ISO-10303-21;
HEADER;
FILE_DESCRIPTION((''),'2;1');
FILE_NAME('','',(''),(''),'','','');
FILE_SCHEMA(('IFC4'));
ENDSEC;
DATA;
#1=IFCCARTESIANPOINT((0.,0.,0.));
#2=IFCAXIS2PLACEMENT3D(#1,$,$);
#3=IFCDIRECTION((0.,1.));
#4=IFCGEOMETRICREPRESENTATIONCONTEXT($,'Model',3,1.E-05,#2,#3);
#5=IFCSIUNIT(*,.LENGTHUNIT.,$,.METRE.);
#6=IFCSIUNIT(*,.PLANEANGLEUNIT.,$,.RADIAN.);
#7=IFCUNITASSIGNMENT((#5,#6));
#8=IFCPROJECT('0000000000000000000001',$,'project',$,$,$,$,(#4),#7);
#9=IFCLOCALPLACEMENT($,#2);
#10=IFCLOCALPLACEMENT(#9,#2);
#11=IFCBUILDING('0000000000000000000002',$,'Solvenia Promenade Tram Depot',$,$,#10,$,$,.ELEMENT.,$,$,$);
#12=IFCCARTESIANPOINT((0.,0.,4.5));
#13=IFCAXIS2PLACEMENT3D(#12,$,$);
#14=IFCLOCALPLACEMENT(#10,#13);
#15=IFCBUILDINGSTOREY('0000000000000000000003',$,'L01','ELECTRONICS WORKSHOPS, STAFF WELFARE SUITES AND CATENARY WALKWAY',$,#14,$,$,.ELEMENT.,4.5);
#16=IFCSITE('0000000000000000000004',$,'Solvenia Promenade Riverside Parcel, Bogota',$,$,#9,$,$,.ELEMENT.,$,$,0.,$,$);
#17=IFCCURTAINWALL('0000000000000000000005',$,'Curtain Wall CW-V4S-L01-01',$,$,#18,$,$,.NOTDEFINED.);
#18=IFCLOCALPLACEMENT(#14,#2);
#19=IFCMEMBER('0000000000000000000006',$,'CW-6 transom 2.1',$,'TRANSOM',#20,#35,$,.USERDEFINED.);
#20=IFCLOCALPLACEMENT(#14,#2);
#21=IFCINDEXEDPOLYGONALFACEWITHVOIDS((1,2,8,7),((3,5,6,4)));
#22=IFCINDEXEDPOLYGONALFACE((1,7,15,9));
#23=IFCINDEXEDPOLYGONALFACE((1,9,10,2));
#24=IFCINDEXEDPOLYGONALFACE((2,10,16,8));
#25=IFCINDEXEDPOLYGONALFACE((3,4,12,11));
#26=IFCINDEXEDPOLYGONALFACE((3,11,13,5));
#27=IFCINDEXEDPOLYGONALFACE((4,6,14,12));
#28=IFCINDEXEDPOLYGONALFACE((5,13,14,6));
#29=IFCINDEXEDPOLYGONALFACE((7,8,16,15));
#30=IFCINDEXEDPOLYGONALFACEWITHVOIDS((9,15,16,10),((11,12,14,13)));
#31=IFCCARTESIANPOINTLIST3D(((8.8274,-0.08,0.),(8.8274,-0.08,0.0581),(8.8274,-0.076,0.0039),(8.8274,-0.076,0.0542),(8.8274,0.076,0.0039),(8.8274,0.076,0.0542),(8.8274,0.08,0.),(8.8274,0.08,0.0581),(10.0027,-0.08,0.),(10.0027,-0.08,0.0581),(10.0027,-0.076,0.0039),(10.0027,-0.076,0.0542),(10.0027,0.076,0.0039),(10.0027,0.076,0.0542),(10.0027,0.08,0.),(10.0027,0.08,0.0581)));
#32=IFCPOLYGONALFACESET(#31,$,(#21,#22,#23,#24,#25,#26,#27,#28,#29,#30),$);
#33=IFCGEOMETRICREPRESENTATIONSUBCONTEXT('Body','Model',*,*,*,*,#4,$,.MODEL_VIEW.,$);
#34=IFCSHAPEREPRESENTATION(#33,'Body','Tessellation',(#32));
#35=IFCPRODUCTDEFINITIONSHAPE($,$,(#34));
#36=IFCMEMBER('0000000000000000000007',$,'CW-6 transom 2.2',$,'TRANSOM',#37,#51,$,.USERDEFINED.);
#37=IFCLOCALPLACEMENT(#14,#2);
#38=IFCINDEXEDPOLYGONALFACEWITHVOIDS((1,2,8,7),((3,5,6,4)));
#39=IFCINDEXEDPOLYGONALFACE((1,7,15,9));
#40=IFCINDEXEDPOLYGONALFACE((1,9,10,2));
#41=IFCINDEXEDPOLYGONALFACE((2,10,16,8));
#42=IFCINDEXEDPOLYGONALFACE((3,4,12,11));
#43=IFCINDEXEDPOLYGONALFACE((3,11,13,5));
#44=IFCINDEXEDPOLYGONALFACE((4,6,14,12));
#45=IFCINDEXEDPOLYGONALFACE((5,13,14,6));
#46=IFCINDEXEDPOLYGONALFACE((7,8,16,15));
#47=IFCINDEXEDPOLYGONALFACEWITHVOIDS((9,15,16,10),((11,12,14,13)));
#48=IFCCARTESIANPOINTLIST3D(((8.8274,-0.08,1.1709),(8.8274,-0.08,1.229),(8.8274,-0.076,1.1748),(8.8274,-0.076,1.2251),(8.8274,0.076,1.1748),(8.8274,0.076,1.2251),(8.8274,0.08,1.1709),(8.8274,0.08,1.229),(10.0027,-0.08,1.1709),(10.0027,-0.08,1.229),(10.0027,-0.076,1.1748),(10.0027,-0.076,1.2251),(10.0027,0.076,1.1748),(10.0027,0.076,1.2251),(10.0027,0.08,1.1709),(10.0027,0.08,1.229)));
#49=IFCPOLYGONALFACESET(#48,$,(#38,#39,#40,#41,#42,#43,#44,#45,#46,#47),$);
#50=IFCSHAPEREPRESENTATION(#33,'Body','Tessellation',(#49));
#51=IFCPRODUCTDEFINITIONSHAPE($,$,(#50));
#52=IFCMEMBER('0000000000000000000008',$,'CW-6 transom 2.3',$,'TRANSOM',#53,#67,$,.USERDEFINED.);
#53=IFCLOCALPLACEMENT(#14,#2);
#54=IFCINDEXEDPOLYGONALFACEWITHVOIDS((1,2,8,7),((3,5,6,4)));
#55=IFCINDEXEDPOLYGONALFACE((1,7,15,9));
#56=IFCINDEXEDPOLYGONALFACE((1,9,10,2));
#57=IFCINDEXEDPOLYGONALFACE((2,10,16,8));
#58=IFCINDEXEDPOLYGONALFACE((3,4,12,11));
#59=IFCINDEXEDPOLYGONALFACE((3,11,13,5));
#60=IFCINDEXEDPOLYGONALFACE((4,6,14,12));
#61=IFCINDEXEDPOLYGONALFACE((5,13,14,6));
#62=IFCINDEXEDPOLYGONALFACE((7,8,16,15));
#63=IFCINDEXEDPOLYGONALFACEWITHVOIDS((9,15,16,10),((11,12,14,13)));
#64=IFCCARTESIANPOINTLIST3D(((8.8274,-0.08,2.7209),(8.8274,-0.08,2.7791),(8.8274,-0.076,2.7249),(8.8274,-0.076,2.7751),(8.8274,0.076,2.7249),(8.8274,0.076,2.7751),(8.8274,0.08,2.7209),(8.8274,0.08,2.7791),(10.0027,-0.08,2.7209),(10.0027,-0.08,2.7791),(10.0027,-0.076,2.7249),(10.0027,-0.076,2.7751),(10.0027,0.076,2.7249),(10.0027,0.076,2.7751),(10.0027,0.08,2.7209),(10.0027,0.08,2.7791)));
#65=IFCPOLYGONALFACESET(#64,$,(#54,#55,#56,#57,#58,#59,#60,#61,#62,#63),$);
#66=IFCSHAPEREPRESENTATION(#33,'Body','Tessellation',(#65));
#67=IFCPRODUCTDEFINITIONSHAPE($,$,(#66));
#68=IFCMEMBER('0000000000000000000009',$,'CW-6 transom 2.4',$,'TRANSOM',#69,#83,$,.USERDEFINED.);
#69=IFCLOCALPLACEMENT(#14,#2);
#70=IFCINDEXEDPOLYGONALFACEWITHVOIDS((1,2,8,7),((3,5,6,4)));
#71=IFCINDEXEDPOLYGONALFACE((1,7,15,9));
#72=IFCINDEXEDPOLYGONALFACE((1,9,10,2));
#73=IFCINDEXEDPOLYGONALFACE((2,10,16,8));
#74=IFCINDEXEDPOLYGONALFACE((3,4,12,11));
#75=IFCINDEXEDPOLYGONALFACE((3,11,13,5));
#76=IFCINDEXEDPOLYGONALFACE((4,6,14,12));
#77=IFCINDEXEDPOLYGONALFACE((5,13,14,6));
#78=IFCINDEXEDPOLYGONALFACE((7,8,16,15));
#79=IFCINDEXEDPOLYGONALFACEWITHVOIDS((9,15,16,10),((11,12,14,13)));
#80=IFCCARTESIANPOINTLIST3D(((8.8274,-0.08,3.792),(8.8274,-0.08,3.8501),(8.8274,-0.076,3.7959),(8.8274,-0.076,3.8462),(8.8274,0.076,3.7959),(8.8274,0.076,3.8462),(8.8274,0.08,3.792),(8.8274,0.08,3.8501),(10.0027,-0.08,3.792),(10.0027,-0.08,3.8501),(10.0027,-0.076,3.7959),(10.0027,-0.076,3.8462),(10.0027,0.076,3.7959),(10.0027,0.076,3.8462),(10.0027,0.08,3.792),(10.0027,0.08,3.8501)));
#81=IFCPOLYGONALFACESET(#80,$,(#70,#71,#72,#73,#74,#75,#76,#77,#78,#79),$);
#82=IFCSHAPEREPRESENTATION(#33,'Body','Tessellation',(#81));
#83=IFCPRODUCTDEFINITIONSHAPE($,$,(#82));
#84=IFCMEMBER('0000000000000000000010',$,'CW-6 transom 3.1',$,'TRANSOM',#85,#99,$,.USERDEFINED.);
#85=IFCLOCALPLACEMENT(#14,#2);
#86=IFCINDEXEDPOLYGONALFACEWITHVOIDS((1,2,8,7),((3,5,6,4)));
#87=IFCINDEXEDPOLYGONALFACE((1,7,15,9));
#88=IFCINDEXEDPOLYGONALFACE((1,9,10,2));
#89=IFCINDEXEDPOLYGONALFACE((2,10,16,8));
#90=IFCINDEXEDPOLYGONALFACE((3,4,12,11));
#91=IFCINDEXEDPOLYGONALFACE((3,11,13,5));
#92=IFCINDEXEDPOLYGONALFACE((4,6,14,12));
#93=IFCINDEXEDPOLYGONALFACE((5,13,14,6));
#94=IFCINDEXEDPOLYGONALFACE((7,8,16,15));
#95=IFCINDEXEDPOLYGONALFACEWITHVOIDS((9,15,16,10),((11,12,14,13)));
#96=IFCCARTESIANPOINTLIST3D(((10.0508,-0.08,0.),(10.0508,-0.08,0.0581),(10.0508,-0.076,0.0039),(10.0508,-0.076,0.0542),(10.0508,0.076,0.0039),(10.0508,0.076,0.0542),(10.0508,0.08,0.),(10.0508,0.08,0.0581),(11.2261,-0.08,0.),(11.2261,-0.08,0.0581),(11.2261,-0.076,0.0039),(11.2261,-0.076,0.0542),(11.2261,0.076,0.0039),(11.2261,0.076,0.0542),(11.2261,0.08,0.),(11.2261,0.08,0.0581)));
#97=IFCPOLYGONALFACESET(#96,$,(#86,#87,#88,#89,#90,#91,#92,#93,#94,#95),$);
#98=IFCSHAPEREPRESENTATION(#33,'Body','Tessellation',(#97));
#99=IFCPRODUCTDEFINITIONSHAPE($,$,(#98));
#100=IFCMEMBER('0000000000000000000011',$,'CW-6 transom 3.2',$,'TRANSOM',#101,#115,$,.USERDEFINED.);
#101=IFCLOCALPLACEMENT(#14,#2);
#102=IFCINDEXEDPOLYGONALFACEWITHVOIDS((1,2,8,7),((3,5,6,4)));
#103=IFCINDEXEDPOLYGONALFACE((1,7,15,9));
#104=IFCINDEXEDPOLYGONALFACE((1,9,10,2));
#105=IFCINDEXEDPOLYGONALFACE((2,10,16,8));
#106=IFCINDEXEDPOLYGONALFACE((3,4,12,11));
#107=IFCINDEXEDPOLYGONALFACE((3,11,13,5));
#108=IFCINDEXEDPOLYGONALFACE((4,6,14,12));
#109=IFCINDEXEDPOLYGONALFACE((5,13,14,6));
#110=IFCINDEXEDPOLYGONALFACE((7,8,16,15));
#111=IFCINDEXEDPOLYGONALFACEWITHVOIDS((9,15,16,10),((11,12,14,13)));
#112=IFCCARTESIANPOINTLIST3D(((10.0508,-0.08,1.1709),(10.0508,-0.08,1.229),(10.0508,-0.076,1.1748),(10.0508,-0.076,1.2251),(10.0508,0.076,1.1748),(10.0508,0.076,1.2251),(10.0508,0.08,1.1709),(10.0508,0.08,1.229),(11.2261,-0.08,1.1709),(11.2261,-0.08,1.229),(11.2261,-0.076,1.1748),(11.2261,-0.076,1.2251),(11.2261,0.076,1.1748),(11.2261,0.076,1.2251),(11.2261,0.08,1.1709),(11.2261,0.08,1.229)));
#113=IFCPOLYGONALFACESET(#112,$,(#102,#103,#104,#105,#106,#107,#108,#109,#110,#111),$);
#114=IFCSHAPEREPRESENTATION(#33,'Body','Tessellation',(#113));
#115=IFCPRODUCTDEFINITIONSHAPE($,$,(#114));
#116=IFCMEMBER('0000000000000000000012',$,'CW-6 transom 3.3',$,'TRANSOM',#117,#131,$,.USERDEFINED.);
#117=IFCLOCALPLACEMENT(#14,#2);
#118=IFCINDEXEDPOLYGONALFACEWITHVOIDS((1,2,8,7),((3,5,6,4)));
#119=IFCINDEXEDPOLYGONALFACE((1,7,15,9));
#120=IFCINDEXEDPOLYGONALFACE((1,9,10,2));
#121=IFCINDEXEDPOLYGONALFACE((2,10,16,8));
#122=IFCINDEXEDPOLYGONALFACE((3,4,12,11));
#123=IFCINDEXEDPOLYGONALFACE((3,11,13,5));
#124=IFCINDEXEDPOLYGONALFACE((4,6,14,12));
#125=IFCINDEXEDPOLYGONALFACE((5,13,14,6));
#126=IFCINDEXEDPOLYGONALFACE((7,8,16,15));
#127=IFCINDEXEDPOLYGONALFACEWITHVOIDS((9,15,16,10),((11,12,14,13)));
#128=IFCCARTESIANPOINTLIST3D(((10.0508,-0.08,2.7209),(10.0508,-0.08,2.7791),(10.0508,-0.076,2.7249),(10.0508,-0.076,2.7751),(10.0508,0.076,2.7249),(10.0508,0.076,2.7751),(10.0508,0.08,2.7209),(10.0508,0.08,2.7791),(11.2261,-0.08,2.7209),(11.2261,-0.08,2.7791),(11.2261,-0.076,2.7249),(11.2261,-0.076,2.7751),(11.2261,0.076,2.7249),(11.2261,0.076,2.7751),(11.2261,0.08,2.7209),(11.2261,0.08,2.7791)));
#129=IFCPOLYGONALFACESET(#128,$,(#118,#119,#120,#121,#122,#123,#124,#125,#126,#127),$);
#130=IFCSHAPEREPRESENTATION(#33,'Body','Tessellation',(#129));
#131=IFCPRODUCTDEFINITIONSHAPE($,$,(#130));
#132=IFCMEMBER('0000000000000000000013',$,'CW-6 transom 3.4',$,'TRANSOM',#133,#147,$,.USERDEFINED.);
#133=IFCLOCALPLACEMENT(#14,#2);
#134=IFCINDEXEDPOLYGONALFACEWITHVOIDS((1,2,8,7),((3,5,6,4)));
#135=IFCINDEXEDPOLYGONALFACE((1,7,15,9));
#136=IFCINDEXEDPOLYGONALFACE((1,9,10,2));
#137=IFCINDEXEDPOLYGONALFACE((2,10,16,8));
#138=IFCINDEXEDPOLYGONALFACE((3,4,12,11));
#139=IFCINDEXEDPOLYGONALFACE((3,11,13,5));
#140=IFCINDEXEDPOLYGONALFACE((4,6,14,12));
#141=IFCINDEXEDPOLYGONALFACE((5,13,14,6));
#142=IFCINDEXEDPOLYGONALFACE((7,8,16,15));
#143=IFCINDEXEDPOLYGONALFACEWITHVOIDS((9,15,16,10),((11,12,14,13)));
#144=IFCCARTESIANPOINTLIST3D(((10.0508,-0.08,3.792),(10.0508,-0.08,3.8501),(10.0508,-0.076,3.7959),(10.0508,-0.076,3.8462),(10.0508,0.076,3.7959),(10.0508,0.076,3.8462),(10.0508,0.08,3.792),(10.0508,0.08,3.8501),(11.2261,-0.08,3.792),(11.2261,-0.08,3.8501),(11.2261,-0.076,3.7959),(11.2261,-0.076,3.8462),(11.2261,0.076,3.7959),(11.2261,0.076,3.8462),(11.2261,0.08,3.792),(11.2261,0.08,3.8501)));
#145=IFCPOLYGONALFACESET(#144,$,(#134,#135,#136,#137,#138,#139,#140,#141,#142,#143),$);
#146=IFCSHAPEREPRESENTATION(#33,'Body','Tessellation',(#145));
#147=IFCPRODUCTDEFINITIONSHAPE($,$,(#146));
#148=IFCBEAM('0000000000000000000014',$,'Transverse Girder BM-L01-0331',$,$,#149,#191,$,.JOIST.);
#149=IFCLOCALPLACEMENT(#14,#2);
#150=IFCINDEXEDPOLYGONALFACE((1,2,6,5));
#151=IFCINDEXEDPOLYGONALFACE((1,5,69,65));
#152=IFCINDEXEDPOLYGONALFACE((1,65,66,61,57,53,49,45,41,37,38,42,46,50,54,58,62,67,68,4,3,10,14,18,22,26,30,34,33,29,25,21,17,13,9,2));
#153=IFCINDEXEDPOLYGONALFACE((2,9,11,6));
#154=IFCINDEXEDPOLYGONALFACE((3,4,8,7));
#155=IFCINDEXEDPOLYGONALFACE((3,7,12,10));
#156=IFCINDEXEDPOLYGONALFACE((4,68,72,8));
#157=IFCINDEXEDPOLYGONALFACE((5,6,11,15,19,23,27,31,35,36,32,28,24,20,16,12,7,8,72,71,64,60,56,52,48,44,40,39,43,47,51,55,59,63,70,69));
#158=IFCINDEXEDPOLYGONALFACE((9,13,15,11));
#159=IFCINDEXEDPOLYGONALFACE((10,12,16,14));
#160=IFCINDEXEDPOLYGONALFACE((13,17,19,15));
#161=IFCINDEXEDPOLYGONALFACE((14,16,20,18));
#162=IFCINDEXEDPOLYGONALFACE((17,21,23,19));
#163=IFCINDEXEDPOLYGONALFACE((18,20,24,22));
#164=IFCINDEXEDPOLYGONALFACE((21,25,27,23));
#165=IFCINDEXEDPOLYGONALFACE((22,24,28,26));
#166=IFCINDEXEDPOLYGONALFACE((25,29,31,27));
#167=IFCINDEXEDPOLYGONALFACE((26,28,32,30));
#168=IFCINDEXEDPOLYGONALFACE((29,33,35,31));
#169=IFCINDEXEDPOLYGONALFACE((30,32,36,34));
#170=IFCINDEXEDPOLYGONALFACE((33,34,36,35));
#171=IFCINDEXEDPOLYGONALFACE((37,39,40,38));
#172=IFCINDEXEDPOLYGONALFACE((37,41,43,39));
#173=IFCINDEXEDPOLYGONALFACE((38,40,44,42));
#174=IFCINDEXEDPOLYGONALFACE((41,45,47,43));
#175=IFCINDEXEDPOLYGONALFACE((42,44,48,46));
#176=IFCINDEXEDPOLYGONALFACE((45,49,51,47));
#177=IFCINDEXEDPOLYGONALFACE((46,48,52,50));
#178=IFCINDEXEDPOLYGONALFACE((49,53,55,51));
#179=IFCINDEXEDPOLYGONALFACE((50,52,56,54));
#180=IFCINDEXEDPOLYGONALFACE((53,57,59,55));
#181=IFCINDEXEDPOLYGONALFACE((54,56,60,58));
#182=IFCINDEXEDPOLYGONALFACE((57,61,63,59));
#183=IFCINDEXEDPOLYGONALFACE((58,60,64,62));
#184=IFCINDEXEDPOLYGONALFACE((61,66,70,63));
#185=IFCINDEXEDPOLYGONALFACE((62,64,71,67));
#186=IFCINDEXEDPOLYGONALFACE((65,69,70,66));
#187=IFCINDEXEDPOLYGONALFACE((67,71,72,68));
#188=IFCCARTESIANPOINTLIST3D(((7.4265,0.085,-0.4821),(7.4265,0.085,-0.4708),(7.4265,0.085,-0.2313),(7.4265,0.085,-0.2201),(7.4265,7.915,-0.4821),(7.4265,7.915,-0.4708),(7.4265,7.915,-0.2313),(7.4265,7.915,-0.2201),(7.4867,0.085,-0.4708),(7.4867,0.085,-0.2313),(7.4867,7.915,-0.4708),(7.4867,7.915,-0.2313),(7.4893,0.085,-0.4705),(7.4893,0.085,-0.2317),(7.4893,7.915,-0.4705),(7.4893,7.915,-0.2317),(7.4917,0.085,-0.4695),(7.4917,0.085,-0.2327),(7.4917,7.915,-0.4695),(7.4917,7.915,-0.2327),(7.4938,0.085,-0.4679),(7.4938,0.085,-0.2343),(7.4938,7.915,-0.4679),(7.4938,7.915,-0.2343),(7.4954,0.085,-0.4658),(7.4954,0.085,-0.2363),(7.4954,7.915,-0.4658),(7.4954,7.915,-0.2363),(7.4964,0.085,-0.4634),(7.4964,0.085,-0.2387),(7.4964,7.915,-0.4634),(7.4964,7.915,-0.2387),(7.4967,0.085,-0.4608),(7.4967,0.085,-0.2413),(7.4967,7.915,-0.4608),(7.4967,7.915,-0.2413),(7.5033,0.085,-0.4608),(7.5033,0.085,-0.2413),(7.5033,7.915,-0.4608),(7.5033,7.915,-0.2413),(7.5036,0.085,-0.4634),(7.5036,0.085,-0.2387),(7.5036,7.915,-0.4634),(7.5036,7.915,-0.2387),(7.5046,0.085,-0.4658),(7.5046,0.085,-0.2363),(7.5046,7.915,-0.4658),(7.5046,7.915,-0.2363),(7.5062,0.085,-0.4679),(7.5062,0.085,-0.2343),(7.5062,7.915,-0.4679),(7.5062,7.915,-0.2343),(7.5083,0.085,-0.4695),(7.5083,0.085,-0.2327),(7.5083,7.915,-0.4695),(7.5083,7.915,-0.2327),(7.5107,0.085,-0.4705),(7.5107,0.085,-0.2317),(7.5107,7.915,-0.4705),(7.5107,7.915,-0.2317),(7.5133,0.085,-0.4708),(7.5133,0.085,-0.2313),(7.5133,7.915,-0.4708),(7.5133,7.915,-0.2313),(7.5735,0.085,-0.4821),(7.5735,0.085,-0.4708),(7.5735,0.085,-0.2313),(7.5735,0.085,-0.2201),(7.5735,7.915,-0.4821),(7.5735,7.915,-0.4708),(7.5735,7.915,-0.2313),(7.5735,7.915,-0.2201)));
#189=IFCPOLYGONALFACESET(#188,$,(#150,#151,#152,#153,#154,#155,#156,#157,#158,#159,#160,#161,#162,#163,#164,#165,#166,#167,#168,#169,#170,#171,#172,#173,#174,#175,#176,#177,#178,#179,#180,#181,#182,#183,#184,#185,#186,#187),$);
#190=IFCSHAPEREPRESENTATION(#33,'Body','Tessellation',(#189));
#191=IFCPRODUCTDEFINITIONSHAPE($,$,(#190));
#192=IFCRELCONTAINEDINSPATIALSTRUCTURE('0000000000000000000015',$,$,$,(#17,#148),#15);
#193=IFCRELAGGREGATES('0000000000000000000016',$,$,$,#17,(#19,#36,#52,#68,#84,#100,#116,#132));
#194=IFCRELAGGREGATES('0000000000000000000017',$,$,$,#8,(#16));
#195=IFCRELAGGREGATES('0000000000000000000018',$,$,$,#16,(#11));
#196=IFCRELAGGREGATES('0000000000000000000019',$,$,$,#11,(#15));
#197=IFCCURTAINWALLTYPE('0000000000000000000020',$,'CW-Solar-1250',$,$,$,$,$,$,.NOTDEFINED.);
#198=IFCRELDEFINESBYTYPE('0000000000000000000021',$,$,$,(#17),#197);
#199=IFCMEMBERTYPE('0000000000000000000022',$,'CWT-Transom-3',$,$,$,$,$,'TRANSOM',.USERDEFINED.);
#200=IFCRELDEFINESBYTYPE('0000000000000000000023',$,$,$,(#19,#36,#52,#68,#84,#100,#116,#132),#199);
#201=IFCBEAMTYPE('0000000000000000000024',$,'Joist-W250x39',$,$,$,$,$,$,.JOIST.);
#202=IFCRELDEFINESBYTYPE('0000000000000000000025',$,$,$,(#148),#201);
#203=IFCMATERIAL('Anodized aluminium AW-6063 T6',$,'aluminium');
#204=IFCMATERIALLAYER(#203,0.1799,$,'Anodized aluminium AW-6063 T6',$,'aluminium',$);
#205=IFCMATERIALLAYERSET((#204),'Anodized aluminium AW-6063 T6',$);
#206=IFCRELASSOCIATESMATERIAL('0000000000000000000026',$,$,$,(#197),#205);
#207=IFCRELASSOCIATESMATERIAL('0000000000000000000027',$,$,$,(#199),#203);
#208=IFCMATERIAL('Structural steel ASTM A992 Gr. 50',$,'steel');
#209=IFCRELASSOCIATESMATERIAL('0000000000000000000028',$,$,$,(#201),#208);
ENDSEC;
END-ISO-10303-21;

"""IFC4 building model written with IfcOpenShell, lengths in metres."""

from ifc_helpers import new_model, si_unit, direction, frame, origin, origin_2d, place, context, subcontext, project, spatial, hollow_rectangle, i_section, extrude, material, layer, layer_set, material_profile, profile_set, type_object, element, aggregate, save


model = new_model("IFC4")

# Units and contexts
model_context = context("Model", 3, precision=1e-05, world=origin(), true_north=direction((0.0, 1.0)))
body_context = subcontext(model_context, "Body", "Model", "MODEL_VIEW")
ifc_project = project(units=[si_unit("LENGTHUNIT", "METRE"), si_unit("PLANEANGLEUNIT", "RADIAN")], contexts=[model_context])

# Site, building, storey
site_placement = place(None, origin())
site = spatial("IfcSite", under=ifc_project, at=site_placement, Name="Solvenia Promenade Riverside Parcel, Bogota", CompositionType="ELEMENT", RefElevation=0.0)
building_placement = place(site_placement, origin())
building = spatial("IfcBuilding", under=site, at=building_placement, Name="Solvenia Promenade Tram Depot", CompositionType="ELEMENT")
storey_placement = place(building_placement, frame((0.0, 0.0, 4.5)))
storey = spatial("IfcBuildingStorey", under=building, at=storey_placement, Name="L01", Description="ELECTRONICS WORKSHOPS, STAFF WELFARE SUITES AND CATENARY WALKWAY", CompositionType="ELEMENT", Elevation=4.5)

# Shared definitions
ifc_material_1 = material(Name="Structural steel ASTM A992 Gr. 50", Category="steel")

# Shared definitions
ifc_material_2 = material(Name="Anodized aluminium AW-6063 T6", Category="aluminium")

# Curtain wall, members
ifc_layer_1 = layer(ifc_material_2, 0.1799, Name="Anodized aluminium AW-6063 T6", Category="aluminium")
ifc_layer_set_1 = layer_set([ifc_layer_1], Name="Anodized aluminium AW-6063 T6")
curtain_wall_type_1 = type_object("IfcCurtainWallType", Name="CW-Solar-1250", PredefinedType="NOTDEFINED", material=ifc_layer_set_1)
curtain_wall_1_placement = place(storey_placement, origin())
curtain_wall_1 = element("IfcCurtainWall", 1, at=curtain_wall_1_placement, inside=storey, type_object=curtain_wall_type_1, Name="Curtain Wall CW-V4S-L01-01", PredefinedType="NOTDEFINED")
ifc_material_profile_1 = material_profile(ifc_material_2, hollow_rectangle(XDim=0.1599, YDim=0.0581, WallThickness=0.0039, at=origin_2d()), Name="ALU-T3", Category="aluminium")
ifc_profile_set_1 = profile_set([ifc_material_profile_1], Name="Anodized aluminium AW-6063 T6")
member_type_1 = type_object("IfcMemberType", Name="CWT-Transom-3", ElementType="TRANSOM", PredefinedType="USERDEFINED", material=ifc_profile_set_1)
member_1_placement = place(storey_placement, frame((8.8274, 0.0, 0.0291), z_axis=(1.0, 0.0, 0.0), x_axis=(0.0, 1.0, 0.0)))
member_1 = element("IfcMember", 2, at=member_1_placement, type_object=member_type_1, Name="CW-6 transom 2.1", ObjectType="TRANSOM", PredefinedType="USERDEFINED", context=body_context, shape_type="SweptSolid", body=[
    extrude(hollow_rectangle(XDim=0.1599, YDim=0.0581, WallThickness=0.0039, at=origin_2d()), origin(), (0.0, 0.0, 1.0), 1.1753),
])
member_2_placement = place(storey_placement, frame((8.8274, 0.0, 1.2), z_axis=(1.0, 0.0, 0.0), x_axis=(0.0, 1.0, 0.0)))
member_2 = element("IfcMember", 3, at=member_2_placement, type_object=member_type_1, Name="CW-6 transom 2.2", ObjectType="TRANSOM", PredefinedType="USERDEFINED", context=body_context, shape_type="SweptSolid", body=[
    extrude(hollow_rectangle(XDim=0.1599, YDim=0.0581, WallThickness=0.0039, at=origin_2d()), origin(), (0.0, 0.0, 1.0), 1.1753),
])
member_3_placement = place(storey_placement, frame((8.8274, 0.0, 2.75), z_axis=(1.0, 0.0, 0.0), x_axis=(0.0, 1.0, 0.0)))
member_3 = element("IfcMember", 4, at=member_3_placement, type_object=member_type_1, Name="CW-6 transom 2.3", ObjectType="TRANSOM", PredefinedType="USERDEFINED", context=body_context, shape_type="SweptSolid", body=[
    extrude(hollow_rectangle(XDim=0.1599, YDim=0.0581, WallThickness=0.0039, at=origin_2d()), origin(), (0.0, 0.0, 1.0), 1.1753),
])
member_4_placement = place(storey_placement, frame((8.8274, 0.0, 3.821), z_axis=(1.0, 0.0, 0.0), x_axis=(0.0, 1.0, 0.0)))
member_4 = element("IfcMember", 5, at=member_4_placement, type_object=member_type_1, Name="CW-6 transom 2.4", ObjectType="TRANSOM", PredefinedType="USERDEFINED", context=body_context, shape_type="SweptSolid", body=[
    extrude(hollow_rectangle(XDim=0.1599, YDim=0.0581, WallThickness=0.0039, at=origin_2d()), origin(), (0.0, 0.0, 1.0), 1.1753),
])
member_5_placement = place(storey_placement, frame((10.0508, 0.0, 0.0291), z_axis=(1.0, 0.0, 0.0), x_axis=(0.0, 1.0, 0.0)))
member_5 = element("IfcMember", 6, at=member_5_placement, type_object=member_type_1, Name="CW-6 transom 3.1", ObjectType="TRANSOM", PredefinedType="USERDEFINED", context=body_context, shape_type="SweptSolid", body=[
    extrude(hollow_rectangle(XDim=0.1599, YDim=0.0581, WallThickness=0.0039, at=origin_2d()), origin(), (0.0, 0.0, 1.0), 1.1753),
])
member_6_placement = place(storey_placement, frame((10.0508, 0.0, 1.2), z_axis=(1.0, 0.0, 0.0), x_axis=(0.0, 1.0, 0.0)))
member_6 = element("IfcMember", 7, at=member_6_placement, type_object=member_type_1, Name="CW-6 transom 3.2", ObjectType="TRANSOM", PredefinedType="USERDEFINED", context=body_context, shape_type="SweptSolid", body=[
    extrude(hollow_rectangle(XDim=0.1599, YDim=0.0581, WallThickness=0.0039, at=origin_2d()), origin(), (0.0, 0.0, 1.0), 1.1753),
])
member_7_placement = place(storey_placement, frame((10.0508, 0.0, 2.75), z_axis=(1.0, 0.0, 0.0), x_axis=(0.0, 1.0, 0.0)))
member_7 = element("IfcMember", 8, at=member_7_placement, type_object=member_type_1, Name="CW-6 transom 3.3", ObjectType="TRANSOM", PredefinedType="USERDEFINED", context=body_context, shape_type="SweptSolid", body=[
    extrude(hollow_rectangle(XDim=0.1599, YDim=0.0581, WallThickness=0.0039, at=origin_2d()), origin(), (0.0, 0.0, 1.0), 1.1753),
])
member_8_placement = place(storey_placement, frame((10.0508, 0.0, 3.821), z_axis=(1.0, 0.0, 0.0), x_axis=(0.0, 1.0, 0.0)))
member_8 = element("IfcMember", 9, at=member_8_placement, type_object=member_type_1, Name="CW-6 transom 3.4", ObjectType="TRANSOM", PredefinedType="USERDEFINED", context=body_context, shape_type="SweptSolid", body=[
    extrude(hollow_rectangle(XDim=0.1599, YDim=0.0581, WallThickness=0.0039, at=origin_2d()), origin(), (0.0, 0.0, 1.0), 1.1753),
])

# Beam
ifc_material_profile_2 = material_profile(ifc_material_1, i_section(OverallWidth=0.147, OverallDepth=0.262, WebThickness=0.0066, FlangeThickness=0.0112, FilletRadius=0.01, at=origin_2d()), Name="W250x39", Category="steel")
ifc_profile_set_2 = profile_set([ifc_material_profile_2], Name="Structural steel ASTM A992 Gr. 50")
beam_type_1 = type_object("IfcBeamType", Name="Joist-W250x39", PredefinedType="JOIST", material=ifc_profile_set_2)
beam_1_placement = place(storey_placement, frame((7.5, 0.085, -0.3511), z_axis=(0.0, 1.0, 0.0), x_axis=(-1.0, 0.0, 0.0)))
element("IfcBeam", 10, at=beam_1_placement, inside=storey, type_object=beam_type_1, Name="Transverse Girder BM-L01-0331", PredefinedType="JOIST", context=body_context, shape_type="SweptSolid", body=[
    extrude(i_section(OverallWidth=0.147, OverallDepth=0.262, WebThickness=0.0066, FlangeThickness=0.0112, FilletRadius=0.01, at=origin_2d()), origin(), (0.0, 0.0, 1.0), 7.8301),
])

aggregate(curtain_wall_1, [member_1, member_2, member_3, member_4, member_5, member_6, member_7, member_8])

save(model, "model.ifc")
